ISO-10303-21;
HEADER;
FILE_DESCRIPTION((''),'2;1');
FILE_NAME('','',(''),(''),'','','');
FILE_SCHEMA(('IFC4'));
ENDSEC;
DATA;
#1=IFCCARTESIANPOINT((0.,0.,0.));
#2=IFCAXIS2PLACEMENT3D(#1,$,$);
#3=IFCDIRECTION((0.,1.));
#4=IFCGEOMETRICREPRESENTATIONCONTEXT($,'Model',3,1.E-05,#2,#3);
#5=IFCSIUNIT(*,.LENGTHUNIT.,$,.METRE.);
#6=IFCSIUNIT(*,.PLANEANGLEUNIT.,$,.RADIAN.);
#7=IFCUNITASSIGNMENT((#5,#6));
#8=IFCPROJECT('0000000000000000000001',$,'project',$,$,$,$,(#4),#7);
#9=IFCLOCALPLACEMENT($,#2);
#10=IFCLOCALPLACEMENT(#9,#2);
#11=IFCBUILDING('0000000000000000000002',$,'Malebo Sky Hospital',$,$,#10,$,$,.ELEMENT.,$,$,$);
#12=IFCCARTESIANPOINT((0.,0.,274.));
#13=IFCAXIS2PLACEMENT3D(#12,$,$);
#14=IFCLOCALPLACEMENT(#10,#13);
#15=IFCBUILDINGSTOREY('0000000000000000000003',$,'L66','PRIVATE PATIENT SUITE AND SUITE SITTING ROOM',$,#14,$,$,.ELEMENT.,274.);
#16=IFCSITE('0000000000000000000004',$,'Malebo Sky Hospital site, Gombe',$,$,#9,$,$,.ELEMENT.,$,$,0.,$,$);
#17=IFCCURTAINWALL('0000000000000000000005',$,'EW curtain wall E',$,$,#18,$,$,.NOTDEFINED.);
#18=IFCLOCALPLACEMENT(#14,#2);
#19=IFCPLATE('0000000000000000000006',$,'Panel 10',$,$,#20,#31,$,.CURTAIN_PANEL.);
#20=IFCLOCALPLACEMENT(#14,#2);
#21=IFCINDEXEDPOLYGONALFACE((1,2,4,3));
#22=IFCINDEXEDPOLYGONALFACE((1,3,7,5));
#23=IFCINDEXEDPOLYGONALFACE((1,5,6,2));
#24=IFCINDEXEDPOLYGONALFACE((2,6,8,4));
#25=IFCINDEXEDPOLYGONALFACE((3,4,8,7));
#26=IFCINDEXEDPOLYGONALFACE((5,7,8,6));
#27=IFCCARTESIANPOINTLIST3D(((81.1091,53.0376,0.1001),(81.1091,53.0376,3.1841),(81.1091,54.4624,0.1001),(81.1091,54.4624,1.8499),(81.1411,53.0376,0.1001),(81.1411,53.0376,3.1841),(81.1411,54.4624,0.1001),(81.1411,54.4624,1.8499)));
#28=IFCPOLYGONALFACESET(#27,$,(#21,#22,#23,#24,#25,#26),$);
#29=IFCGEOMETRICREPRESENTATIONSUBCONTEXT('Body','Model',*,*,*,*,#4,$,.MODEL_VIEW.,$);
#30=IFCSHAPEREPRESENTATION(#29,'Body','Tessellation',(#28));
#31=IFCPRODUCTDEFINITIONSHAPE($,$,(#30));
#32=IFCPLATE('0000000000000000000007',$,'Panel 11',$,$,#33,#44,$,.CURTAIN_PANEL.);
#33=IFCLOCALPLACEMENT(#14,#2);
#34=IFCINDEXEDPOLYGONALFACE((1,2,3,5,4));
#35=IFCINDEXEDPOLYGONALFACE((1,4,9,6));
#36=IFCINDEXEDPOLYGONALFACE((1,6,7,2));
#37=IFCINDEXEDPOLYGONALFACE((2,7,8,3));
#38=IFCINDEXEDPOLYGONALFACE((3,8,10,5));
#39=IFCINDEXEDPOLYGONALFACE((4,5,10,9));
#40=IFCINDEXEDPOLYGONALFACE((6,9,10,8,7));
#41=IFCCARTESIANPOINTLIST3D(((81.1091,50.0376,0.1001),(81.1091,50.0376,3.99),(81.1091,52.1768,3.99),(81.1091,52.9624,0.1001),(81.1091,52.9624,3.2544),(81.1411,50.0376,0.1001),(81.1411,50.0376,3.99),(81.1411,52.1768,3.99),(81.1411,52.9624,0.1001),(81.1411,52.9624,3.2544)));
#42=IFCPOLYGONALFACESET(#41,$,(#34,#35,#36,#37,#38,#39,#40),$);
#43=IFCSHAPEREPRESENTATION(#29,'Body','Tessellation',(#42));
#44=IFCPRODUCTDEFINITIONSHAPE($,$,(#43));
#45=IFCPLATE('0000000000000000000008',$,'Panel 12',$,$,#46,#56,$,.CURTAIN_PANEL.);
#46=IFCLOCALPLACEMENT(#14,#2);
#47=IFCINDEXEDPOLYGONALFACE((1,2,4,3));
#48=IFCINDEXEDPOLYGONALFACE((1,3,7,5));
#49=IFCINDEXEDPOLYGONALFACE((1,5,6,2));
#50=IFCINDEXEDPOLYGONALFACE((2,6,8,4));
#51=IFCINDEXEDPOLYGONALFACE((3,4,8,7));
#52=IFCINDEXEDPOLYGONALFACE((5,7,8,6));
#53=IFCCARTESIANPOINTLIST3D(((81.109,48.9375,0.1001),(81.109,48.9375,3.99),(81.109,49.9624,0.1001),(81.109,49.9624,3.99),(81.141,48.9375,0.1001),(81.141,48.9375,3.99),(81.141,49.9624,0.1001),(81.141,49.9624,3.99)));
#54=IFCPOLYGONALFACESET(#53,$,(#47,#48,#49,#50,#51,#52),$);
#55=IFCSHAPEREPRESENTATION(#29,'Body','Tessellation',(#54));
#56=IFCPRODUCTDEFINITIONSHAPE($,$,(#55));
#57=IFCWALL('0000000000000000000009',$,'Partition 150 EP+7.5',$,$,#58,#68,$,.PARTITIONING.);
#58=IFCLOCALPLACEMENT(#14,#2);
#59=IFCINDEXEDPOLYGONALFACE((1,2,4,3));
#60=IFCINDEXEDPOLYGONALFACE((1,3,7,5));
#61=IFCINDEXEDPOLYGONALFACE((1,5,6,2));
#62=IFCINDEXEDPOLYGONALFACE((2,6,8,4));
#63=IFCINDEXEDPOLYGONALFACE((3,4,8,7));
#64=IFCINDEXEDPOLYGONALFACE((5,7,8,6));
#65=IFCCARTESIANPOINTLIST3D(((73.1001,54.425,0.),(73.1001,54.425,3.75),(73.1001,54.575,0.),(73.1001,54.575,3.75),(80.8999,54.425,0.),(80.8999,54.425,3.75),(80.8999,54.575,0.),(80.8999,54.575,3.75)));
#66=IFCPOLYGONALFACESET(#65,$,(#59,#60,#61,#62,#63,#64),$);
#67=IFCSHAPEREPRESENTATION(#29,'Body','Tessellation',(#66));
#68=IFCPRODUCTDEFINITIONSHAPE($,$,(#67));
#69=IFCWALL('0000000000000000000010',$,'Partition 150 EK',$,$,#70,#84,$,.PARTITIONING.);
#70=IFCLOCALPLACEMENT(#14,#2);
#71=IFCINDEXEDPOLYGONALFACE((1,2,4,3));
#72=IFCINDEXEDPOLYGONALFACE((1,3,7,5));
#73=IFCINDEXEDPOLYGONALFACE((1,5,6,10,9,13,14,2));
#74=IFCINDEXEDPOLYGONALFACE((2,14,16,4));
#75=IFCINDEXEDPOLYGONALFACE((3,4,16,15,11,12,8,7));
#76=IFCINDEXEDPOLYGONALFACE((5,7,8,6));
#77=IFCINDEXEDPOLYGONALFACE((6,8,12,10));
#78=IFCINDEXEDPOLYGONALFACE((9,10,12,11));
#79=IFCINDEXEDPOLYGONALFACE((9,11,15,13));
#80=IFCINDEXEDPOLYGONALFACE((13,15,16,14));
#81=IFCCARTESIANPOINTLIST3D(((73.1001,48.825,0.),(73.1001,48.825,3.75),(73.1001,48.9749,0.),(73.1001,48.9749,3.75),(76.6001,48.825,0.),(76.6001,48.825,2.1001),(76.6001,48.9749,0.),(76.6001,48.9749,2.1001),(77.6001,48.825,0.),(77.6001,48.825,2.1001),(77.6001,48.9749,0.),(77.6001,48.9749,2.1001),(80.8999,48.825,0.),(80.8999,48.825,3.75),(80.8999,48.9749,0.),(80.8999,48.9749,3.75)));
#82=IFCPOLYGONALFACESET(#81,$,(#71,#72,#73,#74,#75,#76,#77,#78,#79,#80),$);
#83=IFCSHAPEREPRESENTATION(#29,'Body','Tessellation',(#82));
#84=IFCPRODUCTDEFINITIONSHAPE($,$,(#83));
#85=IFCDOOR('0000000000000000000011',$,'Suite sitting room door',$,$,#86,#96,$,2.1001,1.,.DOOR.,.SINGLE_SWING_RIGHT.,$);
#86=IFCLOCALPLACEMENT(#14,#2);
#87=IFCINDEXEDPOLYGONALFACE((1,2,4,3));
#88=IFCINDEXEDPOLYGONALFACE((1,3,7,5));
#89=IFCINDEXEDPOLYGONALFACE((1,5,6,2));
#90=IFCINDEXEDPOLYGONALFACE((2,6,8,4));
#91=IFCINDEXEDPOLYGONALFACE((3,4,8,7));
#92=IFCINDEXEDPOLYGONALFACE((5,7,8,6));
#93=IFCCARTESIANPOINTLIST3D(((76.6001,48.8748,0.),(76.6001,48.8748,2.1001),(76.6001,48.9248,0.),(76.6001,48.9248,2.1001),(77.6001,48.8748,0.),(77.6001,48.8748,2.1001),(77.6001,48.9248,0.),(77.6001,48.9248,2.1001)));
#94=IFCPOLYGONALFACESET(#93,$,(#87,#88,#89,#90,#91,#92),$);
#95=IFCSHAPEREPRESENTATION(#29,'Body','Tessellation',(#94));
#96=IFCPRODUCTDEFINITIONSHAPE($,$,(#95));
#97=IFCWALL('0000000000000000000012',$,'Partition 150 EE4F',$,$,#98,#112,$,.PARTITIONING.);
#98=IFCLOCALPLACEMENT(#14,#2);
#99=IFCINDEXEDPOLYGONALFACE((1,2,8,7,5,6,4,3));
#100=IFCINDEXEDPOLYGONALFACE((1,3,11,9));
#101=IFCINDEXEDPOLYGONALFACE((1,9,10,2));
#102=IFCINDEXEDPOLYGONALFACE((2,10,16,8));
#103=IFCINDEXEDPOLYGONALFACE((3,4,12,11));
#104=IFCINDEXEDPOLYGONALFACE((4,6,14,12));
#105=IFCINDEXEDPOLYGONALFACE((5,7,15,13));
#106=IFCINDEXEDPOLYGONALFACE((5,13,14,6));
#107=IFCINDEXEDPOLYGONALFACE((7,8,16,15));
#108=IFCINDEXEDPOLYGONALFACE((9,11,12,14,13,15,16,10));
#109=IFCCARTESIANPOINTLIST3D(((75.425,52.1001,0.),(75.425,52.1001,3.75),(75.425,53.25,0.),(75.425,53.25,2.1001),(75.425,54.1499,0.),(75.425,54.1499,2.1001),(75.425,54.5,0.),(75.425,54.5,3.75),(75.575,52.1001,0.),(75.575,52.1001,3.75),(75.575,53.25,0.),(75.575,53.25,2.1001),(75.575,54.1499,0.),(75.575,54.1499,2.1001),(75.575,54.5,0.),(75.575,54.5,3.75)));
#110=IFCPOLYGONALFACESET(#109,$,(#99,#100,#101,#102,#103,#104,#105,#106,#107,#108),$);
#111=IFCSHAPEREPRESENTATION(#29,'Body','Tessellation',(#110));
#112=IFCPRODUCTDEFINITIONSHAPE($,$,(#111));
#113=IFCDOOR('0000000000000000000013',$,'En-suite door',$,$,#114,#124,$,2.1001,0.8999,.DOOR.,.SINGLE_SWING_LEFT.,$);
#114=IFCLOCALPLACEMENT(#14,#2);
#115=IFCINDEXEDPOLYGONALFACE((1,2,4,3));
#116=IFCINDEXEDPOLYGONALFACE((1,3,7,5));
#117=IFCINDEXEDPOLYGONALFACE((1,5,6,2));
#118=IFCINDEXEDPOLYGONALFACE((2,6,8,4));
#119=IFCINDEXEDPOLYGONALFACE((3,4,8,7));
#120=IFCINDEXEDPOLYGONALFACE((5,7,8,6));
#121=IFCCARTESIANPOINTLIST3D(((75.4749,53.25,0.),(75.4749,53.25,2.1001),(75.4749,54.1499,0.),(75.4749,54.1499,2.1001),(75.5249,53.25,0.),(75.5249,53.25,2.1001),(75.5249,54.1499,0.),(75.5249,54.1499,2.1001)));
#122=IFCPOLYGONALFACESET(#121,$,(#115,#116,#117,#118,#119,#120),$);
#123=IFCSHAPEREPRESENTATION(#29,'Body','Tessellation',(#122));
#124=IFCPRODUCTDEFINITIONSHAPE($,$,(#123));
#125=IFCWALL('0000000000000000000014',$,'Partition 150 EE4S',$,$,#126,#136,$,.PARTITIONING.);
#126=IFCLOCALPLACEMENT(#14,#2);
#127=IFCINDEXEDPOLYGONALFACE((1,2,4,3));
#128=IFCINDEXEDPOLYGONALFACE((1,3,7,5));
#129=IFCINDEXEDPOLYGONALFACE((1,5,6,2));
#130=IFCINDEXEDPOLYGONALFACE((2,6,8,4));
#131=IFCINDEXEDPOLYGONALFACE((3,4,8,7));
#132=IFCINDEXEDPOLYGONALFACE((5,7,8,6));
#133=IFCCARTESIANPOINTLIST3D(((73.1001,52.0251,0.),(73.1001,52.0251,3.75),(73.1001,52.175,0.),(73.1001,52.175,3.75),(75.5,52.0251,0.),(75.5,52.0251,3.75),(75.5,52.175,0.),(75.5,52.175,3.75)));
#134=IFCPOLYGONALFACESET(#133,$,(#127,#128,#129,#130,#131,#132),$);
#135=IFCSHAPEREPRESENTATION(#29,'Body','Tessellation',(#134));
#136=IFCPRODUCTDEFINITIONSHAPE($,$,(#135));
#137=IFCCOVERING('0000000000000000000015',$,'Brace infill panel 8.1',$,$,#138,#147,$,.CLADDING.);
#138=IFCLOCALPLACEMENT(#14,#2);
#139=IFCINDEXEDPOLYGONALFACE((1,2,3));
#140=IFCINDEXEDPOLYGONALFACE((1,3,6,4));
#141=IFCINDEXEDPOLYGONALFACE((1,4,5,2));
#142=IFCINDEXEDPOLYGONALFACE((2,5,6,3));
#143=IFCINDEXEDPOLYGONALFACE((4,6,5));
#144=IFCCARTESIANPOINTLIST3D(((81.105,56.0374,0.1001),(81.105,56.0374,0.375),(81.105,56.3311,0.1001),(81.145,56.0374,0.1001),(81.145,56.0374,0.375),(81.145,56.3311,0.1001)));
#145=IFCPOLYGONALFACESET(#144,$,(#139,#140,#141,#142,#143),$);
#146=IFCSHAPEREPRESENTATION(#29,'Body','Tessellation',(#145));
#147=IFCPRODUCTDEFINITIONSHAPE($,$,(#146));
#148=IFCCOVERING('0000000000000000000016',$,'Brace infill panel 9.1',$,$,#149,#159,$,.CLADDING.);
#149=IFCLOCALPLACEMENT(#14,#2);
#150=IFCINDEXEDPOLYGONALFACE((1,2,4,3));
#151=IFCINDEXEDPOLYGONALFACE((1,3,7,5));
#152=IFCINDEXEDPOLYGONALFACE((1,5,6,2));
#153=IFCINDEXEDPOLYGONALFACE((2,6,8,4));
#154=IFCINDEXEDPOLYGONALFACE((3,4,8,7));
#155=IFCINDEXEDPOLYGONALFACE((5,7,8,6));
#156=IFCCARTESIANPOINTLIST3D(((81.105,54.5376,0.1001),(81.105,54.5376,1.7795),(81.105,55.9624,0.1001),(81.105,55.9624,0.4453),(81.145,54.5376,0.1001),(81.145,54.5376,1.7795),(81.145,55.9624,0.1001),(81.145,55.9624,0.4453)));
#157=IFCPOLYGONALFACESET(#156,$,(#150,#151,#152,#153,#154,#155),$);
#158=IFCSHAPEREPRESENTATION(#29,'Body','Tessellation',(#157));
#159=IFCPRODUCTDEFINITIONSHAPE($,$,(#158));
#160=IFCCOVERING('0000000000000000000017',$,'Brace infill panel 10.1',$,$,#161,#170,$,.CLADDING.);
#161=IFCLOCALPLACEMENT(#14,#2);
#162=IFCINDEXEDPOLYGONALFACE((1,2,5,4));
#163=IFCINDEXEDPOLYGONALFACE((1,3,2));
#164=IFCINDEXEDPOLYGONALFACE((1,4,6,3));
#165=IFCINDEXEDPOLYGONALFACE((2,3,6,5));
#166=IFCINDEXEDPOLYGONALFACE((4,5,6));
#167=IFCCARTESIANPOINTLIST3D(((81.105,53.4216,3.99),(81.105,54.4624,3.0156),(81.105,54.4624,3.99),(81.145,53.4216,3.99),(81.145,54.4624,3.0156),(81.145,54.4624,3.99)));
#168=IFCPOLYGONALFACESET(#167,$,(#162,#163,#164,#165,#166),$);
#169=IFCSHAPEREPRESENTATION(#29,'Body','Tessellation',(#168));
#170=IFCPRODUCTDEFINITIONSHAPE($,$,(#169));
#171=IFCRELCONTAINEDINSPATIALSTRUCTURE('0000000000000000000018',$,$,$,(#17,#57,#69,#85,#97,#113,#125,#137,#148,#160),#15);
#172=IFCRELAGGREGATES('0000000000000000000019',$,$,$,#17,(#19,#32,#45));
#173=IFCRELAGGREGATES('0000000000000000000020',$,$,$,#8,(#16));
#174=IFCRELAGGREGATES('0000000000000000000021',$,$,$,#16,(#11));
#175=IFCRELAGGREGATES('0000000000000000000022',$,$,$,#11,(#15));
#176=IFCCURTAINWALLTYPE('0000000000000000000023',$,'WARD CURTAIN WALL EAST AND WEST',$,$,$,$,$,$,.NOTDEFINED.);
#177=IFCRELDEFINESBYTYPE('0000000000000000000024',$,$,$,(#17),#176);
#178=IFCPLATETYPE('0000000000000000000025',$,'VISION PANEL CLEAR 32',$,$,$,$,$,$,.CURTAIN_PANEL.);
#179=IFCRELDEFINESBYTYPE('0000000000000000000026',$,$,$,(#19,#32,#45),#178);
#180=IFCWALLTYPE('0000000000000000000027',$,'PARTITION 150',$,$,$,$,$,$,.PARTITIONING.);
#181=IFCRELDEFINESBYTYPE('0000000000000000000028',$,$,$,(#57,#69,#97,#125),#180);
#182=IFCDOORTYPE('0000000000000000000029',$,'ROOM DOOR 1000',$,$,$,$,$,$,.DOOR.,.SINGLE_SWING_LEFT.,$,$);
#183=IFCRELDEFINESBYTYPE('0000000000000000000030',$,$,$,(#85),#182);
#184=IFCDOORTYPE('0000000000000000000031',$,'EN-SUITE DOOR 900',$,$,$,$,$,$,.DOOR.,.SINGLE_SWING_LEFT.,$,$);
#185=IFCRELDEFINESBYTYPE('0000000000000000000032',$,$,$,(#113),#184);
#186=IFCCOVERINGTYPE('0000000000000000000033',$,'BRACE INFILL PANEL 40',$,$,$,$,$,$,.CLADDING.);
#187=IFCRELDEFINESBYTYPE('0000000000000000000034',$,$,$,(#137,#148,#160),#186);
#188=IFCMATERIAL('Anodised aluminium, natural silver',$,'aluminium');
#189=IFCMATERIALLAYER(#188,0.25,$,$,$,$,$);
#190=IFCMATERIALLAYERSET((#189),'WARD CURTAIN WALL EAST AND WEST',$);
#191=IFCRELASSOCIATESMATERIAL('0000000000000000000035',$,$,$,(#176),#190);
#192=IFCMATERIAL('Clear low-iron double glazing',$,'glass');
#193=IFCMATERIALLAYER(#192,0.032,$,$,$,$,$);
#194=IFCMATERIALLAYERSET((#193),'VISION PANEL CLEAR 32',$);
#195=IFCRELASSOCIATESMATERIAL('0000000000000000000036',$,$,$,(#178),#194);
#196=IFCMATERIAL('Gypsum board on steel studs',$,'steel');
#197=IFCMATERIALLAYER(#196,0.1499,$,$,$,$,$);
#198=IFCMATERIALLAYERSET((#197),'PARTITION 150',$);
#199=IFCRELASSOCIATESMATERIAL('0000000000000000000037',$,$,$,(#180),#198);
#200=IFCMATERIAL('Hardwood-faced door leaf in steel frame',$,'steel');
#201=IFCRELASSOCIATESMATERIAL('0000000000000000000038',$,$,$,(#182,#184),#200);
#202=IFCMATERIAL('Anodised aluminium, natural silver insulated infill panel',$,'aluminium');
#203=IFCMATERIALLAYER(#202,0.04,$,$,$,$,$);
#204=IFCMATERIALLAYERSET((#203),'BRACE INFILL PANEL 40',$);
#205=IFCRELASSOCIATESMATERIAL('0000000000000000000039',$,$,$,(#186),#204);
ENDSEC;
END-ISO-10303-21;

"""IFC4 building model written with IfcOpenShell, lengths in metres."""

from ifc_helpers import new_model, si_unit, direction, frame, frame_2d, origin, origin_2d, place, context, subcontext, project, spatial, polyline, rectangle, outline, extrude, material, layer, layer_set, type_object, element, fill, aggregate, save


model = new_model("IFC4")

# Units and contexts
model_context = context("Model", 3, precision=1e-05, world=origin(), true_north=direction((0.0, 1.0)))
body_context = subcontext(model_context, "Body", "Model", "MODEL_VIEW")
ifc_project = project(units=[si_unit("LENGTHUNIT", "METRE"), si_unit("PLANEANGLEUNIT", "RADIAN")], contexts=[model_context])

# Site, building, storey
site_placement = place(None, origin())
site = spatial("IfcSite", under=ifc_project, at=site_placement, Name="Malebo Sky Hospital site, Gombe", CompositionType="ELEMENT", RefElevation=0.0)
building_placement = place(site_placement, origin())
building = spatial("IfcBuilding", under=site, at=building_placement, Name="Malebo Sky Hospital", CompositionType="ELEMENT")
storey_placement = place(building_placement, frame((0.0, 0.0, 274.0)))
storey = spatial("IfcBuildingStorey", under=building, at=storey_placement, Name="L66", Description="PRIVATE PATIENT SUITE AND SUITE SITTING ROOM", CompositionType="ELEMENT", Elevation=274.0)

# Curtain wall
ifc_material_1 = material(Name="Anodised aluminium, natural silver", Category="aluminium")
ifc_layer_1 = layer(ifc_material_1, 0.25)
ifc_layer_set_1 = layer_set([ifc_layer_1], Name="WARD CURTAIN WALL EAST AND WEST")
curtain_wall_type = type_object("IfcCurtainWallType", Name="WARD CURTAIN WALL EAST AND WEST", PredefinedType="NOTDEFINED", material=ifc_layer_set_1)
curtain_wall_placement = place(storey_placement, origin())
curtain_wall = element("IfcCurtainWall", 1, at=curtain_wall_placement, inside=storey, type_object=curtain_wall_type, Name="EW curtain wall E", PredefinedType="NOTDEFINED")

# Plates
ifc_material_2 = material(Name="Clear low-iron double glazing", Category="glass")
ifc_layer_2 = layer(ifc_material_2, 0.032)
ifc_layer_set_2 = layer_set([ifc_layer_2], Name="VISION PANEL CLEAR 32")
plate_type = type_object("IfcPlateType", Name="VISION PANEL CLEAR 32", PredefinedType="CURTAIN_PANEL", material=ifc_layer_set_2)
plate_1_placement = place(storey_placement, frame((81.125, 53.75, 0.1001), z_axis=(0.0, 0.0, 1.0), x_axis=(0.0, -1.0, 0.0)))
plate_1 = element("IfcPlate", 2, at=plate_1_placement, type_object=plate_type, Name="Panel 10", PredefinedType="CURTAIN_PANEL", context=body_context, shape_type="SweptSolid", body=[
    extrude(outline(polyline([(-0.7124, 0.0), (0.7124, 0.0), (0.7124, 3.084), (-0.7124, 1.7498), (-0.7124, 0.0)])), frame((0.0, 0.0161, 0.0), z_axis=(0.0, -1.0, 0.0), x_axis=(1.0, 0.0, 0.0)), (0.0, 0.0, 1.0), 0.032),
])
plate_2_placement = place(storey_placement, frame((81.125, 51.5, 0.1001), z_axis=(0.0, 0.0, 1.0), x_axis=(0.0, -1.0, 0.0)))
plate_2 = element("IfcPlate", 3, at=plate_2_placement, type_object=plate_type, Name="Panel 11", PredefinedType="CURTAIN_PANEL", context=body_context, shape_type="SweptSolid", body=[
    extrude(outline(polyline([(-1.4624, 0.0), (1.4624, 0.0), (1.4624, 3.8899), (-0.6768, 3.8899), (-1.4624, 3.1543), (-1.4624, 0.0)])), frame((0.0, 0.0161, 0.0), z_axis=(0.0, -1.0, 0.0), x_axis=(1.0, 0.0, 0.0)), (0.0, 0.0, 1.0), 0.032),
])
plate_3_placement = place(storey_placement, frame((81.125, 49.45, 0.1001), z_axis=(0.0, 0.0, 1.0), x_axis=(0.0, -1.0, 0.0)))
plate_3 = element("IfcPlate", 4, at=plate_3_placement, type_object=plate_type, Name="Panel 12", PredefinedType="CURTAIN_PANEL", context=body_context, shape_type="SweptSolid", body=[
    extrude(rectangle(XDim=1.0249, YDim=0.032, at=origin_2d()), origin(), (0.0, 0.0, 1.0), 3.8899),
])
aggregate(curtain_wall, [plate_1, plate_2, plate_3])

# Wall
ifc_material_3 = material(Name="Gypsum board on steel studs", Category="steel")
ifc_layer_3 = layer(ifc_material_3, 0.1499)
ifc_layer_set_3 = layer_set([ifc_layer_3], Name="PARTITION 150")
wall_type = type_object("IfcWallType", Name="PARTITION 150", PredefinedType="PARTITIONING", material=ifc_layer_set_3)
wall_1_placement = place(storey_placement, frame((73.1001, 54.5, 0.0), z_axis=(0.0, 0.0, 1.0), x_axis=(1.0, 0.0, 0.0)))
element("IfcWall", 5, at=wall_1_placement, inside=storey, type_object=wall_type, Name="Partition 150 EP+7.5", PredefinedType="PARTITIONING", context=body_context, shape_type="SweptSolid", body=[
    extrude(rectangle(XDim=7.7998, YDim=0.1499, at=frame_2d((3.8999, 0.0))), origin(), (0.0, 0.0, 1.0), 3.75),
])

# Walls, openings, doors
wall_2_placement = place(storey_placement, frame((73.1001, 48.8999, 0.0), z_axis=(0.0, 0.0, 1.0), x_axis=(1.0, 0.0, 0.0)))
wall_2 = element("IfcWall", 6, at=wall_2_placement, inside=storey, type_object=wall_type, Name="Partition 150 EK", PredefinedType="PARTITIONING", context=body_context, shape_type="SweptSolid", body=[
    extrude(rectangle(XDim=7.7998, YDim=0.1499, at=frame_2d((3.8999, 0.0))), origin(), (0.0, 0.0, 1.0), 3.75),
])
opening_1_placement = place(wall_2_placement, frame((3.5, 0.0, 0.0)))
opening_1 = element("IfcOpeningElement", 7, at=opening_1_placement, cuts=wall_2, PredefinedType="OPENING", context=body_context, shape_type="SweptSolid", body=[
    extrude(rectangle(XDim=1.0, YDim=2.1001, at=frame_2d((0.5, 1.05))), frame((0.0, 0.085, 0.0), z_axis=(0.0, -1.0, 0.0), x_axis=(1.0, 0.0, 0.0)), (0.0, 0.0, 1.0), 0.1699),
])
ifc_material_4 = material(Name="Hardwood-faced door leaf in steel frame", Category="steel")
door_type_1 = type_object("IfcDoorType", Name="ROOM DOOR 1000", OperationType="SINGLE_SWING_LEFT", PredefinedType="DOOR", material=ifc_material_4)
door_1_placement = place(opening_1_placement, origin())
door_1 = element("IfcDoor", 8, at=door_1_placement, inside=storey, type_object=door_type_1, Name="Suite sitting room door", OperationType="SINGLE_SWING_RIGHT", OverallHeight=2.1001, OverallWidth=1.0, PredefinedType="DOOR", context=body_context, shape_type="SweptSolid", body=[
    extrude(rectangle(XDim=1.0, YDim=2.1001, at=frame_2d((0.5, 1.05))), frame((0.0, 0.0249, 0.0), z_axis=(0.0, -1.0, 0.0), x_axis=(1.0, 0.0, 0.0)), (0.0, 0.0, 1.0), 0.05),
])
fill(opening_1, door_1)
wall_3_placement = place(storey_placement, frame((75.5, 54.5, 0.0), z_axis=(0.0, 0.0, 1.0), x_axis=(0.0, -1.0, 0.0)))
wall_3 = element("IfcWall", 9, at=wall_3_placement, inside=storey, type_object=wall_type, Name="Partition 150 EE4F", PredefinedType="PARTITIONING", context=body_context, shape_type="SweptSolid", body=[
    extrude(rectangle(XDim=2.3999, YDim=0.1499, at=frame_2d((1.2, 0.0))), origin(), (0.0, 0.0, 1.0), 3.75),
])
opening_2_placement = place(wall_3_placement, frame((0.3501, 0.0, 0.0)))
opening_2 = element("IfcOpeningElement", 10, at=opening_2_placement, cuts=wall_3, PredefinedType="OPENING", context=body_context, shape_type="SweptSolid", body=[
    extrude(rectangle(XDim=0.8999, YDim=2.1001, at=frame_2d((0.45, 1.05))), frame((0.0, 0.085, 0.0), z_axis=(0.0, -1.0, 0.0), x_axis=(1.0, 0.0, 0.0)), (0.0, 0.0, 1.0), 0.1699),
])
door_type_2 = type_object("IfcDoorType", Name="EN-SUITE DOOR 900", OperationType="SINGLE_SWING_LEFT", PredefinedType="DOOR", material=ifc_material_4)
door_2_placement = place(opening_2_placement, origin())
door_2 = element("IfcDoor", 11, at=door_2_placement, inside=storey, type_object=door_type_2, Name="En-suite door", OperationType="SINGLE_SWING_LEFT", OverallHeight=2.1001, OverallWidth=0.8999, PredefinedType="DOOR", context=body_context, shape_type="SweptSolid", body=[
    extrude(rectangle(XDim=0.8999, YDim=2.1001, at=frame_2d((0.45, 1.05))), frame((0.0, 0.0249, 0.0), z_axis=(0.0, -1.0, 0.0), x_axis=(1.0, 0.0, 0.0)), (0.0, 0.0, 1.0), 0.05),
])
fill(opening_2, door_2)

# Wall
wall_4_placement = place(storey_placement, frame((73.1001, 52.1001, 0.0), z_axis=(0.0, 0.0, 1.0), x_axis=(1.0, 0.0, 0.0)))
element("IfcWall", 12, at=wall_4_placement, inside=storey, type_object=wall_type, Name="Partition 150 EE4S", PredefinedType="PARTITIONING", context=body_context, shape_type="SweptSolid", body=[
    extrude(rectangle(XDim=2.3999, YDim=0.1499, at=frame_2d((1.2, 0.0))), origin(), (0.0, 0.0, 1.0), 3.75),
])

# Coverings
ifc_material_5 = material(Name="Anodised aluminium, natural silver insulated infill panel", Category="aluminium")
ifc_layer_4 = layer(ifc_material_5, 0.04)
ifc_layer_set_4 = layer_set([ifc_layer_4], Name="BRACE INFILL PANEL 40")
covering_type = type_object("IfcCoveringType", Name="BRACE INFILL PANEL 40", PredefinedType="CLADDING", material=ifc_layer_set_4)
covering_1_placement = place(storey_placement, frame((81.125, 56.1843, 0.1001), z_axis=(0.0, 0.0, 1.0), x_axis=(0.0, -1.0, 0.0)))
element("IfcCovering", 13, at=covering_1_placement, inside=storey, type_object=covering_type, Name="Brace infill panel 8.1", PredefinedType="CLADDING", context=body_context, shape_type="SweptSolid", body=[
    extrude(outline(polyline([(-0.1467, 0.0), (0.147, 0.0), (0.147, 0.2749), (-0.1467, 0.0)])), frame((0.0, 0.02, 0.0), z_axis=(0.0, -1.0, 0.0), x_axis=(1.0, 0.0, 0.0)), (0.0, 0.0, 1.0), 0.04),
])
covering_2_placement = place(storey_placement, frame((81.125, 55.25, 0.1001), z_axis=(0.0, 0.0, 1.0), x_axis=(0.0, -1.0, 0.0)))
element("IfcCovering", 14, at=covering_2_placement, inside=storey, type_object=covering_type, Name="Brace infill panel 9.1", PredefinedType="CLADDING", context=body_context, shape_type="SweptSolid", body=[
    extrude(outline(polyline([(-0.7124, 0.0), (0.7124, 0.0), (0.7124, 1.6794), (-0.7124, 0.3452), (-0.7124, 0.0)])), frame((0.0, 0.02, 0.0), z_axis=(0.0, -1.0, 0.0), x_axis=(1.0, 0.0, 0.0)), (0.0, 0.0, 1.0), 0.04),
])
covering_3_placement = place(storey_placement, frame((81.125, 53.9421, 3.0156), z_axis=(0.0, 0.0, 1.0), x_axis=(0.0, -1.0, 0.0)))
element("IfcCovering", 15, at=covering_3_placement, inside=storey, type_object=covering_type, Name="Brace infill panel 10.1", PredefinedType="CLADDING", context=body_context, shape_type="SweptSolid", body=[
    extrude(outline(polyline([(-0.5203, 0.0), (0.5205, 0.9744), (-0.5203, 0.9744), (-0.5203, 0.0)])), frame((0.0, 0.02, 0.0), z_axis=(0.0, -1.0, 0.0), x_axis=(1.0, 0.0, 0.0)), (0.0, 0.0, 1.0), 0.04),
])

save(model, "model.ifc")
